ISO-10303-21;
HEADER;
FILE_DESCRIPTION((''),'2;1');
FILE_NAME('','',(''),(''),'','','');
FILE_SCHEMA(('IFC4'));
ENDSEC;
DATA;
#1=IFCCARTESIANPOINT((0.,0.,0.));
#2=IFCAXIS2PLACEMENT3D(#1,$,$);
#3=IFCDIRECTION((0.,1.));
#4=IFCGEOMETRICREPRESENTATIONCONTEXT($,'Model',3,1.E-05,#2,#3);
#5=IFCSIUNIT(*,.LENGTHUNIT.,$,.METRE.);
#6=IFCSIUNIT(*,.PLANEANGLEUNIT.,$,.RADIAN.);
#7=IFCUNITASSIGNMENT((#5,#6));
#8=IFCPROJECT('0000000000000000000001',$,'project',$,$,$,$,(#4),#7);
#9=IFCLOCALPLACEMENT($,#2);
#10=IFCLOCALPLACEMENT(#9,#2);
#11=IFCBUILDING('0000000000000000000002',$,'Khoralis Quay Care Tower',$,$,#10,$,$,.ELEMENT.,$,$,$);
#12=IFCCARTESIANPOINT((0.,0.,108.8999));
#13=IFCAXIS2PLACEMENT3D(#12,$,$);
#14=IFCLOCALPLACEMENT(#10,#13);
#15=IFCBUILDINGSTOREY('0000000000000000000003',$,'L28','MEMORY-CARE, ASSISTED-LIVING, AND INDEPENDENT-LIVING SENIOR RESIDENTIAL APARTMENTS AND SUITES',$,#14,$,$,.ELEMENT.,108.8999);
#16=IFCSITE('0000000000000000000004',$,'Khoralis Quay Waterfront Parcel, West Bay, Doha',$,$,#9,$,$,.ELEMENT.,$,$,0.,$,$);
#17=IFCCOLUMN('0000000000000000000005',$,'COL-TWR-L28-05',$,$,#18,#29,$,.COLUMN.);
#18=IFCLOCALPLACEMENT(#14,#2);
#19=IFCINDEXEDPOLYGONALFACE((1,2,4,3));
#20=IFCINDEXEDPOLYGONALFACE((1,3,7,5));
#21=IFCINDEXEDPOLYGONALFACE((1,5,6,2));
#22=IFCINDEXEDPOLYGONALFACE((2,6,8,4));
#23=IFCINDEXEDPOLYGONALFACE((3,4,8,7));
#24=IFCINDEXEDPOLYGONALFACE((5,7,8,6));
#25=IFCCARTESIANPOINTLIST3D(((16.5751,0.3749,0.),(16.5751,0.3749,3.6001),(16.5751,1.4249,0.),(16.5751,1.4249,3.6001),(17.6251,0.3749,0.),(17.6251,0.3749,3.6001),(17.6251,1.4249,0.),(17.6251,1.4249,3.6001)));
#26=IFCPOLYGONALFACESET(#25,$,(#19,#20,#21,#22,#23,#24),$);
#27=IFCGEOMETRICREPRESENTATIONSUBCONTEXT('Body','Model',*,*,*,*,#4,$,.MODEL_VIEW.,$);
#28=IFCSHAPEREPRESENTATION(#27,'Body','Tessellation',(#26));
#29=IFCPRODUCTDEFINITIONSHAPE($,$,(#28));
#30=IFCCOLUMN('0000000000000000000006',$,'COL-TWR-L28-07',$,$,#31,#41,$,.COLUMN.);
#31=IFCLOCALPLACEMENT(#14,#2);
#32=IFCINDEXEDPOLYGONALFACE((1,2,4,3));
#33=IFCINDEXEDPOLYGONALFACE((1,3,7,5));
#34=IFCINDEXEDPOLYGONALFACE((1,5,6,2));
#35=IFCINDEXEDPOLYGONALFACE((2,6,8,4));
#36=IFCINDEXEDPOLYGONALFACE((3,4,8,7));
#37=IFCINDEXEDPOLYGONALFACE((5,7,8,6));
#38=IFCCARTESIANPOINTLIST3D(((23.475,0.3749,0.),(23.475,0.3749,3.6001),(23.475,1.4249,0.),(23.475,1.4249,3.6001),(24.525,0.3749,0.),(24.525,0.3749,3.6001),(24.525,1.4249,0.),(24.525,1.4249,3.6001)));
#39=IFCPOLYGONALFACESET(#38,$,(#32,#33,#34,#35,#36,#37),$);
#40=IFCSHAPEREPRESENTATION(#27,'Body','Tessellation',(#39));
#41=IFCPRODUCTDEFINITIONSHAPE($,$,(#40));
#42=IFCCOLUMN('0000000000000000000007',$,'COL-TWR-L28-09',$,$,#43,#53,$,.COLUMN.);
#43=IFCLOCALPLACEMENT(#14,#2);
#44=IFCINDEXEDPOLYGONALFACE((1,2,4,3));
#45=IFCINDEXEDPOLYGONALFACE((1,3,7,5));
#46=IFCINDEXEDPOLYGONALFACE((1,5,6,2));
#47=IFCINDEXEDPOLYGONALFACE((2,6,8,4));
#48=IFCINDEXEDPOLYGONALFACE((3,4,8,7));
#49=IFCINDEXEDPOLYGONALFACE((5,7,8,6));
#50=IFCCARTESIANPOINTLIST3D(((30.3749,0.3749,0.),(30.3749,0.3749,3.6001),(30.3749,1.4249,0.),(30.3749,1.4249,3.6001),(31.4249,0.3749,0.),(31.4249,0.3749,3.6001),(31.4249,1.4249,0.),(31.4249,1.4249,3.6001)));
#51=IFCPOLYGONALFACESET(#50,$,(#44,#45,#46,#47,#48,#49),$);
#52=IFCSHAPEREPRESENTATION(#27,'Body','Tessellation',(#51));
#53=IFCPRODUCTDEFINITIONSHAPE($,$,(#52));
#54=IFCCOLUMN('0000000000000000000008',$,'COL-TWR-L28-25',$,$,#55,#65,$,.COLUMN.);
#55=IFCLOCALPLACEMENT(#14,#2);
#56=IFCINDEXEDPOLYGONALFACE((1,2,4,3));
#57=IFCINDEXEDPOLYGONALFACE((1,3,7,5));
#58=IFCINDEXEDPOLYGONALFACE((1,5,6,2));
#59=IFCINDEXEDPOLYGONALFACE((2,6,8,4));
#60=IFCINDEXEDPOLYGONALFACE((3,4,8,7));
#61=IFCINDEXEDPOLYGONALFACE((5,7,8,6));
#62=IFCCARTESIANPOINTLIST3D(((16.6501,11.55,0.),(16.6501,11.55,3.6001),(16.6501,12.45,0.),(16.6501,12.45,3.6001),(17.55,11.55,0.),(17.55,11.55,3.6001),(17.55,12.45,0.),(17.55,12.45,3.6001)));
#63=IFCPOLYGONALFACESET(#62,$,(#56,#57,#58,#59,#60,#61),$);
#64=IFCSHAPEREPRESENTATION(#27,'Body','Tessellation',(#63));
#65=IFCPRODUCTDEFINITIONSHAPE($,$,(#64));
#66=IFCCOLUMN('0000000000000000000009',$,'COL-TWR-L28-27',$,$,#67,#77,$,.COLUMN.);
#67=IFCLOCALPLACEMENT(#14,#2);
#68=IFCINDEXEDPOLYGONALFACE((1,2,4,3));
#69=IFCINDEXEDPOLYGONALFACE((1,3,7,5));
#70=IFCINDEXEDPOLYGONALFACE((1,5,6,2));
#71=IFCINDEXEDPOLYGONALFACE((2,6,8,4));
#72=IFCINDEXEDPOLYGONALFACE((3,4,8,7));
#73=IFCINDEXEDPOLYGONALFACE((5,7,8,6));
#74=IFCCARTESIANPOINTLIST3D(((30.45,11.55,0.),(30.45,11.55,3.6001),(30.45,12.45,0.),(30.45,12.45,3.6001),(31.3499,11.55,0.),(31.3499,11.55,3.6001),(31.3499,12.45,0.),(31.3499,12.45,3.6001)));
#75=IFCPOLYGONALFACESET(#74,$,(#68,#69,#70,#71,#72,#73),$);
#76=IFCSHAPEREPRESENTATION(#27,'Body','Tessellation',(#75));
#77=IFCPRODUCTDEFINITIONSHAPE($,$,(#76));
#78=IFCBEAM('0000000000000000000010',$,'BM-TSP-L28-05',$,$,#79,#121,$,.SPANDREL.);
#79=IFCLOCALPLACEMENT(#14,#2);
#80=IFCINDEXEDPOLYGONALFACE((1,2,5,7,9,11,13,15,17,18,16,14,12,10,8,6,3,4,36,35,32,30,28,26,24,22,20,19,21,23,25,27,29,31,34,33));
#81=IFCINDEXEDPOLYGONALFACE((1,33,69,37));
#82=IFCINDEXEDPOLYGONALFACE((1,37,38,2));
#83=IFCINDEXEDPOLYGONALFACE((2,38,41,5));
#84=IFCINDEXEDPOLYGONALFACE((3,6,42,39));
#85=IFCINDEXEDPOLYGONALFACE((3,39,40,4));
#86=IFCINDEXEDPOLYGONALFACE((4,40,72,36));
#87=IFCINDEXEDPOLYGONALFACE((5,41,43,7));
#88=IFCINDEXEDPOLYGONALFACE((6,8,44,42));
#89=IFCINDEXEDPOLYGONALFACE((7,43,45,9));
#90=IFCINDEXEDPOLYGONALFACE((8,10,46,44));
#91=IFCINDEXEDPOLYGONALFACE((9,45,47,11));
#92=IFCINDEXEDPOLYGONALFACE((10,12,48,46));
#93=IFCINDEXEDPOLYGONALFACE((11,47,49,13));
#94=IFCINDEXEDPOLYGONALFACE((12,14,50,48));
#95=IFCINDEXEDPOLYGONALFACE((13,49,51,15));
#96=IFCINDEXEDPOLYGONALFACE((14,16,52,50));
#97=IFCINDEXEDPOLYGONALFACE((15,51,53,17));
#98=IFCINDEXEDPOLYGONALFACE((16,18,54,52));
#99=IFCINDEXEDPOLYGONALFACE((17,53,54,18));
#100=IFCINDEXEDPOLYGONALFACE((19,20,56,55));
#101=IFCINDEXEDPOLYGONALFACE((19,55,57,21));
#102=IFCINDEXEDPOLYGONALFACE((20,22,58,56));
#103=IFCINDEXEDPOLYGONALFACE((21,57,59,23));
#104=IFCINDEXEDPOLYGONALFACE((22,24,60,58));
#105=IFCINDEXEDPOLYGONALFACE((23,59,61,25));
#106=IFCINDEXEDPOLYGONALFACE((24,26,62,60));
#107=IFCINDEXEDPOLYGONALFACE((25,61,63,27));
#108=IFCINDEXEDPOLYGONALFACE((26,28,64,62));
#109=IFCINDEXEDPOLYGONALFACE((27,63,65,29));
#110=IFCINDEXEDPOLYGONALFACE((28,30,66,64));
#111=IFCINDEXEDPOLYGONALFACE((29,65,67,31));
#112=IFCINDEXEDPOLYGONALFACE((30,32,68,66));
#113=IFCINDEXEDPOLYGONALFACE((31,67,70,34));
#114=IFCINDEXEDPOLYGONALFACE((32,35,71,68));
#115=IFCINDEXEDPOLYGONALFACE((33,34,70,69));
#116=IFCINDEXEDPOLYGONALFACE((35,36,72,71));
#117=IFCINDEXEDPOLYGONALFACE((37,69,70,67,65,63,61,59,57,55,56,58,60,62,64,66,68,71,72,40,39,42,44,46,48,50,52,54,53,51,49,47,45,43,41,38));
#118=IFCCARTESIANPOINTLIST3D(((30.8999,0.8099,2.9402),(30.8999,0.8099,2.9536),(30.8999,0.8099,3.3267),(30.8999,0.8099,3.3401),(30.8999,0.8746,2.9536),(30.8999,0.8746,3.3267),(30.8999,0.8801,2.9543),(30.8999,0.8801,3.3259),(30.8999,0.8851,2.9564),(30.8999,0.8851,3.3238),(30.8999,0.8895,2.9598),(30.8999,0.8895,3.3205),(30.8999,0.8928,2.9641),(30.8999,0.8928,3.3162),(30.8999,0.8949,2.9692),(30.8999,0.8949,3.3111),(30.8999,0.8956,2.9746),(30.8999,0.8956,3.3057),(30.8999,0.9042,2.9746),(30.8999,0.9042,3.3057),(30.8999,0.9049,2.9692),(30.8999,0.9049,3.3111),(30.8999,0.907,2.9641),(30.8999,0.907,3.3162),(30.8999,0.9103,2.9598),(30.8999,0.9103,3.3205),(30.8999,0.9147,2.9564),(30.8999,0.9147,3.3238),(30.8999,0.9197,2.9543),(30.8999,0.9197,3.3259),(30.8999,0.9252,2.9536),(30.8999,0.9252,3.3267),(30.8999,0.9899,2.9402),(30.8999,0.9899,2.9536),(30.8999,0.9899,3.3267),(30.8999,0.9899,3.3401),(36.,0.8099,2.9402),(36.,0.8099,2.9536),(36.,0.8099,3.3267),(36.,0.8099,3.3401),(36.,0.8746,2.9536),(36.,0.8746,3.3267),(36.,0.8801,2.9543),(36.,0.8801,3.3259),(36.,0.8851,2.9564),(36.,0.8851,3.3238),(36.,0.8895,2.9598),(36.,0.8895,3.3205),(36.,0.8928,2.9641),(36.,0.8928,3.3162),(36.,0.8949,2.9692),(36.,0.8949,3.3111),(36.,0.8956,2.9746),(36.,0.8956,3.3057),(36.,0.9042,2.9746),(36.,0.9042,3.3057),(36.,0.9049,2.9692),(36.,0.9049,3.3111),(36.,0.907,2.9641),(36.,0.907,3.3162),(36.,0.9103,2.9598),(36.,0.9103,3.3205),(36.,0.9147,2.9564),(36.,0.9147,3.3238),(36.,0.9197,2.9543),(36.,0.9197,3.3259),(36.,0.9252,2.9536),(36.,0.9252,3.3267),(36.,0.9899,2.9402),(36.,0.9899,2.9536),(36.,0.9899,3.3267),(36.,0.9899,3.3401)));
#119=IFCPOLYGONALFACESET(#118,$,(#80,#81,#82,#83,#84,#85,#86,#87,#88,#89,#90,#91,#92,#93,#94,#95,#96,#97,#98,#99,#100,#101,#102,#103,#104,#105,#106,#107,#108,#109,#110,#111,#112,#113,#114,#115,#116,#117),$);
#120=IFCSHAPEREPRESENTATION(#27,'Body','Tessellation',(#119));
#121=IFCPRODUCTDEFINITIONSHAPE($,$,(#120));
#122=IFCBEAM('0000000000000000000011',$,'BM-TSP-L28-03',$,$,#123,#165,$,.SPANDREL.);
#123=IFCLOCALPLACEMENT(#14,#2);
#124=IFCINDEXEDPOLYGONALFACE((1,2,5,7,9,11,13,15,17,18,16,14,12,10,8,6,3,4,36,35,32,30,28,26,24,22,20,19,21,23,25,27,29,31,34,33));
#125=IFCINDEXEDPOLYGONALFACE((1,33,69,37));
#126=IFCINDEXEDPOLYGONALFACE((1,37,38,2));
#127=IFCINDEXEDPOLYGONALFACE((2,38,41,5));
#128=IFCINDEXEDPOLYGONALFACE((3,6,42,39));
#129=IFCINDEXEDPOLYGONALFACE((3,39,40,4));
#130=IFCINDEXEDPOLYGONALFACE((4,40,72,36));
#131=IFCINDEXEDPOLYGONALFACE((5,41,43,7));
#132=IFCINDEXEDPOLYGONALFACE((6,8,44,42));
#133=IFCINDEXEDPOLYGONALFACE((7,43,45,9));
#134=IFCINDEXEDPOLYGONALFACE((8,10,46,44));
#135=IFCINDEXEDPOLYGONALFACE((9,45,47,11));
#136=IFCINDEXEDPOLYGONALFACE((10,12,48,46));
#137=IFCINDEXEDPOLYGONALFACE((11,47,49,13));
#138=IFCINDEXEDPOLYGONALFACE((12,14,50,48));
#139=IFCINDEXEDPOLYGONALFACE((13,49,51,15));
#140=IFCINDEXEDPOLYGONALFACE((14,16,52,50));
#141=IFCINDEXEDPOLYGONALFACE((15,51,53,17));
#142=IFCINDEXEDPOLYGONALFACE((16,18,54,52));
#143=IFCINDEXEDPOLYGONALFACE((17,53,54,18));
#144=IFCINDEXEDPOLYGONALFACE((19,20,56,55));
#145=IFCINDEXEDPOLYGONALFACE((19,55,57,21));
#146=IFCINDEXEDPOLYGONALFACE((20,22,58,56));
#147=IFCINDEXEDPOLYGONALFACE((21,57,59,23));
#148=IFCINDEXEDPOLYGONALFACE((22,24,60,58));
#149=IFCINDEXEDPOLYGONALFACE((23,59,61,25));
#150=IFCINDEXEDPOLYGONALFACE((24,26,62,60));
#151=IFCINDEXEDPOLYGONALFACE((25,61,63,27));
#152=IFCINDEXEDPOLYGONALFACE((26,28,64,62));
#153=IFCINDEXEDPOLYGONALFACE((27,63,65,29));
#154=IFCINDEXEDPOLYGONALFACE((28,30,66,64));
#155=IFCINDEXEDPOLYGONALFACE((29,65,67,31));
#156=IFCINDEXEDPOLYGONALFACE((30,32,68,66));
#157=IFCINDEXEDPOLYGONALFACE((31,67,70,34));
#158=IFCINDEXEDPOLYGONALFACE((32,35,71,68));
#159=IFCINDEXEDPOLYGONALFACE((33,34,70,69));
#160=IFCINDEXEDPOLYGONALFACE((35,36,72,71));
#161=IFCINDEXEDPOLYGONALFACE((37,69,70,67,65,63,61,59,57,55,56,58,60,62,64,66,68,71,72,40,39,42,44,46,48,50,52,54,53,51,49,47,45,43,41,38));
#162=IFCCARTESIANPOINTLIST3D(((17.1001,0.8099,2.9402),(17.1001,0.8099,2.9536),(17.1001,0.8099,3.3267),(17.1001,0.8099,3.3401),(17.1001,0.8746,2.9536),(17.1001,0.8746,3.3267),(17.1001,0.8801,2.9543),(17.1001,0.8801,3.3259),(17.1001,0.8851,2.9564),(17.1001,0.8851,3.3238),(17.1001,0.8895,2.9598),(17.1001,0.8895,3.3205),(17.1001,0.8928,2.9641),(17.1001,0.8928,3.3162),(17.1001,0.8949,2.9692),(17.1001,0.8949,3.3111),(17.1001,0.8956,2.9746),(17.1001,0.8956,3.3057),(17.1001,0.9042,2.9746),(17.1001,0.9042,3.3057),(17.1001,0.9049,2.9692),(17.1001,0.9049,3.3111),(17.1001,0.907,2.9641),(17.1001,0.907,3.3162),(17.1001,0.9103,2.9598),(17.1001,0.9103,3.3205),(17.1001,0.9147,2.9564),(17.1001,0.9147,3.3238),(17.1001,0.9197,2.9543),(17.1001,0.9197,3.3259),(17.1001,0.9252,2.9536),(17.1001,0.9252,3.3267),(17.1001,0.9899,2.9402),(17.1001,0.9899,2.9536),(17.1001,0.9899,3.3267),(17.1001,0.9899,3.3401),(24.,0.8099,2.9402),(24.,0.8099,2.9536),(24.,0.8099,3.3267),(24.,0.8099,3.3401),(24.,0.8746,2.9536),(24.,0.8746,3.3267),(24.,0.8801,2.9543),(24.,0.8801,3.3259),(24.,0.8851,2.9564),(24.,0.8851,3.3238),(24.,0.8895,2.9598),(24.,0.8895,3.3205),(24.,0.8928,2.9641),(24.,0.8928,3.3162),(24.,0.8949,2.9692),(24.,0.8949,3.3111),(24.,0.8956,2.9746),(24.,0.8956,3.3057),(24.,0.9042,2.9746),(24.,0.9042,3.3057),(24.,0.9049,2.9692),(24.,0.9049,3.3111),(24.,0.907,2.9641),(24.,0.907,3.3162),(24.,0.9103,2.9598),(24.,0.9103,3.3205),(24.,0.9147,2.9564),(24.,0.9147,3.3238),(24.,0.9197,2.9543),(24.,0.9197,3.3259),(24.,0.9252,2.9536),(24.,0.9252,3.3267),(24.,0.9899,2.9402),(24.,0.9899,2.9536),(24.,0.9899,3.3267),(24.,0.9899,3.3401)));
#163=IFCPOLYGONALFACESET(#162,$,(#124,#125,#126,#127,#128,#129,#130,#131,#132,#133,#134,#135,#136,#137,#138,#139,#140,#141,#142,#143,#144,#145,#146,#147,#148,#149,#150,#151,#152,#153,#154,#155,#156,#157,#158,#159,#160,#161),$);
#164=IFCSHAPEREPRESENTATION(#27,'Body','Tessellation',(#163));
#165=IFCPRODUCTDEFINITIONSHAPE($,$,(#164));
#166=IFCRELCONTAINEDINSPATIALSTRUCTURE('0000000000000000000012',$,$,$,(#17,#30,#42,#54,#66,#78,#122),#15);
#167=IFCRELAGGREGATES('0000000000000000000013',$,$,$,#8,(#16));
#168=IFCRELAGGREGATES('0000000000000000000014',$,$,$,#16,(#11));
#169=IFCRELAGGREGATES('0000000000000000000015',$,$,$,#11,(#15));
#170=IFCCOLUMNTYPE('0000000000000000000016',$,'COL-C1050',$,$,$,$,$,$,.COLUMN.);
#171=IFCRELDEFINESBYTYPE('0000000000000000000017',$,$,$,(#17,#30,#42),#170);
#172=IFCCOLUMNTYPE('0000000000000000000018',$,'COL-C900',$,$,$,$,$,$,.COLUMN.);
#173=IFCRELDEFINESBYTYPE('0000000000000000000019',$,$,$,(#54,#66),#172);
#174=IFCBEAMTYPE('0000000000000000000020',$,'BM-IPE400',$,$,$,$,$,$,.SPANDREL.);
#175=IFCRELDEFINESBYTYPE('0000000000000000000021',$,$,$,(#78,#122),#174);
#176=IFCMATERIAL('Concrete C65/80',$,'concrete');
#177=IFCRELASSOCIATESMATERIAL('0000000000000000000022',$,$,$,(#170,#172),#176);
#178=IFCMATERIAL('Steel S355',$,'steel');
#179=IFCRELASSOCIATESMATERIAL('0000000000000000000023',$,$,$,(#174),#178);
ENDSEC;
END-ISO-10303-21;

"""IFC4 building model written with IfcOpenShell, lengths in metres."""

from ifc_helpers import new_model, si_unit, direction, frame, origin, origin_2d, place, context, subcontext, project, spatial, rectangle, i_section, extrude, source, transform, mapped, material, material_profile, profile_set, type_object, element, save


model = new_model("IFC4")

# Units and contexts
model_context = context("Model", 3, precision=1e-05, world=origin(), true_north=direction((0.0, 1.0)))
body_context = subcontext(model_context, "Body", "Model", "MODEL_VIEW")
ifc_project = project(units=[si_unit("LENGTHUNIT", "METRE"), si_unit("PLANEANGLEUNIT", "RADIAN")], contexts=[model_context])

# Site, building, storey
site_placement = place(None, origin())
site = spatial("IfcSite", under=ifc_project, at=site_placement, Name="Khoralis Quay Waterfront Parcel, West Bay, Doha", CompositionType="ELEMENT", RefElevation=0.0)
building_placement = place(site_placement, origin())
building = spatial("IfcBuilding", under=site, at=building_placement, Name="Khoralis Quay Care Tower", CompositionType="ELEMENT")
storey_placement = place(building_placement, frame((0.0, 0.0, 108.8999)))
storey = spatial("IfcBuildingStorey", under=building, at=storey_placement, Name="L28", Description="MEMORY-CARE, ASSISTED-LIVING, AND INDEPENDENT-LIVING SENIOR RESIDENTIAL APARTMENTS AND SUITES", CompositionType="ELEMENT", Elevation=108.8999)

# Columns
ifc_material_1 = material(Name="Concrete C65/80", Category="concrete")
ifc_material_profile_1 = material_profile(ifc_material_1, rectangle(XDim=1.05, YDim=1.05, at=origin_2d()), Name="Concrete C65/80")
ifc_profile_set_1 = profile_set([ifc_material_profile_1], Name="Concrete C65/80")
column_type_1 = type_object("IfcColumnType", Name="COL-C1050", PredefinedType="COLUMN", material=ifc_profile_set_1)
shared_shape_1 = source(origin(), body_context, "Body", "SweptSolid", [
    extrude(rectangle(XDim=1.05, YDim=1.05, at=origin_2d()), origin(), (0.0, 0.0, 1.0), 3.6001),
])
for number, where, z_axis, x_axis, name in (
    (1, (17.1001, 0.8999, 0.0), (0.0, 0.0, 1.0), (1.0, 0.0, 0.0), "COL-TWR-L28-05"),
    (2, (24.0, 0.8999, 0.0), (0.0, 0.0, 1.0), (1.0, 0.0, 0.0), "COL-TWR-L28-07"),
    (3, (30.8999, 0.8999, 0.0), (0.0, 0.0, 1.0), (1.0, 0.0, 0.0), "COL-TWR-L28-09"),
):
    element("IfcColumn", number, at=place(storey_placement, frame(where, z_axis=z_axis, x_axis=x_axis)), inside=storey, type_object=column_type_1, Name=name, PredefinedType="COLUMN", context=body_context, shape_type="MappedRepresentation", body=[
        mapped(shared_shape_1, transform((0.0, 0.0, 0.0), scale=1.0)),
    ])
ifc_material_profile_2 = material_profile(ifc_material_1, rectangle(XDim=0.8999, YDim=0.8999, at=origin_2d()), Name="Concrete C65/80")
ifc_profile_set_2 = profile_set([ifc_material_profile_2], Name="Concrete C65/80")
column_type_2 = type_object("IfcColumnType", Name="COL-C900", PredefinedType="COLUMN", material=ifc_profile_set_2)
shared_shape_2 = source(origin(), body_context, "Body", "SweptSolid", [
    extrude(rectangle(XDim=0.8999, YDim=0.8999, at=origin_2d()), origin(), (0.0, 0.0, 1.0), 3.6001),
])
for number, where, z_axis, x_axis, name in (
    (4, (17.1001, 12.0, 0.0), (0.0, 0.0, 1.0), (1.0, 0.0, 0.0), "COL-TWR-L28-25"),
    (5, (30.8999, 12.0, 0.0), (0.0, 0.0, 1.0), (1.0, 0.0, 0.0), "COL-TWR-L28-27"),
):
    element("IfcColumn", number, at=place(storey_placement, frame(where, z_axis=z_axis, x_axis=x_axis)), inside=storey, type_object=column_type_2, Name=name, PredefinedType="COLUMN", context=body_context, shape_type="MappedRepresentation", body=[
        mapped(shared_shape_2, transform((0.0, 0.0, 0.0), scale=1.0)),
    ])

# Beams
ifc_material_2 = material(Name="Steel S355", Category="steel")
ifc_material_profile_3 = material_profile(ifc_material_2, i_section(OverallWidth=0.1799, OverallDepth=0.3999, WebThickness=0.0085, FlangeThickness=0.0134, FilletRadius=0.021, at=origin_2d()), Name="Steel S355")
ifc_profile_set_3 = profile_set([ifc_material_profile_3], Name="Steel S355")
beam_type_1 = type_object("IfcBeamType", Name="BM-IPE400", PredefinedType="SPANDREL", material=ifc_profile_set_3)
shared_shape_3 = source(origin(), body_context, "Body", "SweptSolid", [
    extrude(i_section(OverallWidth=0.1799, OverallDepth=0.3999, WebThickness=0.0085, FlangeThickness=0.0134, FilletRadius=0.021, at=origin_2d()), origin(), (0.0, 0.0, 1.0), 5.1001),
])
beam_1_placement = place(storey_placement, frame((30.8999, 0.8999, 3.1401), z_axis=(1.0, 0.0, 0.0), x_axis=(0.0, 1.0, 0.0)))
element("IfcBeam", 6, at=beam_1_placement, inside=storey, type_object=beam_type_1, Name="BM-TSP-L28-05", PredefinedType="SPANDREL", context=body_context, shape_type="MappedRepresentation", body=[
    mapped(shared_shape_3, transform((0.0, 0.0, 0.0), scale=1.0)),
])
shared_shape_4 = source(origin(), body_context, "Body", "SweptSolid", [
    extrude(i_section(OverallWidth=0.1799, OverallDepth=0.3999, WebThickness=0.0085, FlangeThickness=0.0134, FilletRadius=0.021, at=origin_2d()), origin(), (0.0, 0.0, 1.0), 6.8999),
])
for number, where, z_axis, x_axis, name in (
    (7, (17.1001, 0.8999, 3.1401), (1.0, 0.0, 0.0), (0.0, 1.0, 0.0), "BM-TSP-L28-03"),
):
    element("IfcBeam", number, at=place(storey_placement, frame(where, z_axis=z_axis, x_axis=x_axis)), inside=storey, type_object=beam_type_1, Name=name, PredefinedType="SPANDREL", context=body_context, shape_type="MappedRepresentation", body=[
        mapped(shared_shape_4, transform((0.0, 0.0, 0.0), scale=1.0)),
    ])

save(model, "model.ifc")
